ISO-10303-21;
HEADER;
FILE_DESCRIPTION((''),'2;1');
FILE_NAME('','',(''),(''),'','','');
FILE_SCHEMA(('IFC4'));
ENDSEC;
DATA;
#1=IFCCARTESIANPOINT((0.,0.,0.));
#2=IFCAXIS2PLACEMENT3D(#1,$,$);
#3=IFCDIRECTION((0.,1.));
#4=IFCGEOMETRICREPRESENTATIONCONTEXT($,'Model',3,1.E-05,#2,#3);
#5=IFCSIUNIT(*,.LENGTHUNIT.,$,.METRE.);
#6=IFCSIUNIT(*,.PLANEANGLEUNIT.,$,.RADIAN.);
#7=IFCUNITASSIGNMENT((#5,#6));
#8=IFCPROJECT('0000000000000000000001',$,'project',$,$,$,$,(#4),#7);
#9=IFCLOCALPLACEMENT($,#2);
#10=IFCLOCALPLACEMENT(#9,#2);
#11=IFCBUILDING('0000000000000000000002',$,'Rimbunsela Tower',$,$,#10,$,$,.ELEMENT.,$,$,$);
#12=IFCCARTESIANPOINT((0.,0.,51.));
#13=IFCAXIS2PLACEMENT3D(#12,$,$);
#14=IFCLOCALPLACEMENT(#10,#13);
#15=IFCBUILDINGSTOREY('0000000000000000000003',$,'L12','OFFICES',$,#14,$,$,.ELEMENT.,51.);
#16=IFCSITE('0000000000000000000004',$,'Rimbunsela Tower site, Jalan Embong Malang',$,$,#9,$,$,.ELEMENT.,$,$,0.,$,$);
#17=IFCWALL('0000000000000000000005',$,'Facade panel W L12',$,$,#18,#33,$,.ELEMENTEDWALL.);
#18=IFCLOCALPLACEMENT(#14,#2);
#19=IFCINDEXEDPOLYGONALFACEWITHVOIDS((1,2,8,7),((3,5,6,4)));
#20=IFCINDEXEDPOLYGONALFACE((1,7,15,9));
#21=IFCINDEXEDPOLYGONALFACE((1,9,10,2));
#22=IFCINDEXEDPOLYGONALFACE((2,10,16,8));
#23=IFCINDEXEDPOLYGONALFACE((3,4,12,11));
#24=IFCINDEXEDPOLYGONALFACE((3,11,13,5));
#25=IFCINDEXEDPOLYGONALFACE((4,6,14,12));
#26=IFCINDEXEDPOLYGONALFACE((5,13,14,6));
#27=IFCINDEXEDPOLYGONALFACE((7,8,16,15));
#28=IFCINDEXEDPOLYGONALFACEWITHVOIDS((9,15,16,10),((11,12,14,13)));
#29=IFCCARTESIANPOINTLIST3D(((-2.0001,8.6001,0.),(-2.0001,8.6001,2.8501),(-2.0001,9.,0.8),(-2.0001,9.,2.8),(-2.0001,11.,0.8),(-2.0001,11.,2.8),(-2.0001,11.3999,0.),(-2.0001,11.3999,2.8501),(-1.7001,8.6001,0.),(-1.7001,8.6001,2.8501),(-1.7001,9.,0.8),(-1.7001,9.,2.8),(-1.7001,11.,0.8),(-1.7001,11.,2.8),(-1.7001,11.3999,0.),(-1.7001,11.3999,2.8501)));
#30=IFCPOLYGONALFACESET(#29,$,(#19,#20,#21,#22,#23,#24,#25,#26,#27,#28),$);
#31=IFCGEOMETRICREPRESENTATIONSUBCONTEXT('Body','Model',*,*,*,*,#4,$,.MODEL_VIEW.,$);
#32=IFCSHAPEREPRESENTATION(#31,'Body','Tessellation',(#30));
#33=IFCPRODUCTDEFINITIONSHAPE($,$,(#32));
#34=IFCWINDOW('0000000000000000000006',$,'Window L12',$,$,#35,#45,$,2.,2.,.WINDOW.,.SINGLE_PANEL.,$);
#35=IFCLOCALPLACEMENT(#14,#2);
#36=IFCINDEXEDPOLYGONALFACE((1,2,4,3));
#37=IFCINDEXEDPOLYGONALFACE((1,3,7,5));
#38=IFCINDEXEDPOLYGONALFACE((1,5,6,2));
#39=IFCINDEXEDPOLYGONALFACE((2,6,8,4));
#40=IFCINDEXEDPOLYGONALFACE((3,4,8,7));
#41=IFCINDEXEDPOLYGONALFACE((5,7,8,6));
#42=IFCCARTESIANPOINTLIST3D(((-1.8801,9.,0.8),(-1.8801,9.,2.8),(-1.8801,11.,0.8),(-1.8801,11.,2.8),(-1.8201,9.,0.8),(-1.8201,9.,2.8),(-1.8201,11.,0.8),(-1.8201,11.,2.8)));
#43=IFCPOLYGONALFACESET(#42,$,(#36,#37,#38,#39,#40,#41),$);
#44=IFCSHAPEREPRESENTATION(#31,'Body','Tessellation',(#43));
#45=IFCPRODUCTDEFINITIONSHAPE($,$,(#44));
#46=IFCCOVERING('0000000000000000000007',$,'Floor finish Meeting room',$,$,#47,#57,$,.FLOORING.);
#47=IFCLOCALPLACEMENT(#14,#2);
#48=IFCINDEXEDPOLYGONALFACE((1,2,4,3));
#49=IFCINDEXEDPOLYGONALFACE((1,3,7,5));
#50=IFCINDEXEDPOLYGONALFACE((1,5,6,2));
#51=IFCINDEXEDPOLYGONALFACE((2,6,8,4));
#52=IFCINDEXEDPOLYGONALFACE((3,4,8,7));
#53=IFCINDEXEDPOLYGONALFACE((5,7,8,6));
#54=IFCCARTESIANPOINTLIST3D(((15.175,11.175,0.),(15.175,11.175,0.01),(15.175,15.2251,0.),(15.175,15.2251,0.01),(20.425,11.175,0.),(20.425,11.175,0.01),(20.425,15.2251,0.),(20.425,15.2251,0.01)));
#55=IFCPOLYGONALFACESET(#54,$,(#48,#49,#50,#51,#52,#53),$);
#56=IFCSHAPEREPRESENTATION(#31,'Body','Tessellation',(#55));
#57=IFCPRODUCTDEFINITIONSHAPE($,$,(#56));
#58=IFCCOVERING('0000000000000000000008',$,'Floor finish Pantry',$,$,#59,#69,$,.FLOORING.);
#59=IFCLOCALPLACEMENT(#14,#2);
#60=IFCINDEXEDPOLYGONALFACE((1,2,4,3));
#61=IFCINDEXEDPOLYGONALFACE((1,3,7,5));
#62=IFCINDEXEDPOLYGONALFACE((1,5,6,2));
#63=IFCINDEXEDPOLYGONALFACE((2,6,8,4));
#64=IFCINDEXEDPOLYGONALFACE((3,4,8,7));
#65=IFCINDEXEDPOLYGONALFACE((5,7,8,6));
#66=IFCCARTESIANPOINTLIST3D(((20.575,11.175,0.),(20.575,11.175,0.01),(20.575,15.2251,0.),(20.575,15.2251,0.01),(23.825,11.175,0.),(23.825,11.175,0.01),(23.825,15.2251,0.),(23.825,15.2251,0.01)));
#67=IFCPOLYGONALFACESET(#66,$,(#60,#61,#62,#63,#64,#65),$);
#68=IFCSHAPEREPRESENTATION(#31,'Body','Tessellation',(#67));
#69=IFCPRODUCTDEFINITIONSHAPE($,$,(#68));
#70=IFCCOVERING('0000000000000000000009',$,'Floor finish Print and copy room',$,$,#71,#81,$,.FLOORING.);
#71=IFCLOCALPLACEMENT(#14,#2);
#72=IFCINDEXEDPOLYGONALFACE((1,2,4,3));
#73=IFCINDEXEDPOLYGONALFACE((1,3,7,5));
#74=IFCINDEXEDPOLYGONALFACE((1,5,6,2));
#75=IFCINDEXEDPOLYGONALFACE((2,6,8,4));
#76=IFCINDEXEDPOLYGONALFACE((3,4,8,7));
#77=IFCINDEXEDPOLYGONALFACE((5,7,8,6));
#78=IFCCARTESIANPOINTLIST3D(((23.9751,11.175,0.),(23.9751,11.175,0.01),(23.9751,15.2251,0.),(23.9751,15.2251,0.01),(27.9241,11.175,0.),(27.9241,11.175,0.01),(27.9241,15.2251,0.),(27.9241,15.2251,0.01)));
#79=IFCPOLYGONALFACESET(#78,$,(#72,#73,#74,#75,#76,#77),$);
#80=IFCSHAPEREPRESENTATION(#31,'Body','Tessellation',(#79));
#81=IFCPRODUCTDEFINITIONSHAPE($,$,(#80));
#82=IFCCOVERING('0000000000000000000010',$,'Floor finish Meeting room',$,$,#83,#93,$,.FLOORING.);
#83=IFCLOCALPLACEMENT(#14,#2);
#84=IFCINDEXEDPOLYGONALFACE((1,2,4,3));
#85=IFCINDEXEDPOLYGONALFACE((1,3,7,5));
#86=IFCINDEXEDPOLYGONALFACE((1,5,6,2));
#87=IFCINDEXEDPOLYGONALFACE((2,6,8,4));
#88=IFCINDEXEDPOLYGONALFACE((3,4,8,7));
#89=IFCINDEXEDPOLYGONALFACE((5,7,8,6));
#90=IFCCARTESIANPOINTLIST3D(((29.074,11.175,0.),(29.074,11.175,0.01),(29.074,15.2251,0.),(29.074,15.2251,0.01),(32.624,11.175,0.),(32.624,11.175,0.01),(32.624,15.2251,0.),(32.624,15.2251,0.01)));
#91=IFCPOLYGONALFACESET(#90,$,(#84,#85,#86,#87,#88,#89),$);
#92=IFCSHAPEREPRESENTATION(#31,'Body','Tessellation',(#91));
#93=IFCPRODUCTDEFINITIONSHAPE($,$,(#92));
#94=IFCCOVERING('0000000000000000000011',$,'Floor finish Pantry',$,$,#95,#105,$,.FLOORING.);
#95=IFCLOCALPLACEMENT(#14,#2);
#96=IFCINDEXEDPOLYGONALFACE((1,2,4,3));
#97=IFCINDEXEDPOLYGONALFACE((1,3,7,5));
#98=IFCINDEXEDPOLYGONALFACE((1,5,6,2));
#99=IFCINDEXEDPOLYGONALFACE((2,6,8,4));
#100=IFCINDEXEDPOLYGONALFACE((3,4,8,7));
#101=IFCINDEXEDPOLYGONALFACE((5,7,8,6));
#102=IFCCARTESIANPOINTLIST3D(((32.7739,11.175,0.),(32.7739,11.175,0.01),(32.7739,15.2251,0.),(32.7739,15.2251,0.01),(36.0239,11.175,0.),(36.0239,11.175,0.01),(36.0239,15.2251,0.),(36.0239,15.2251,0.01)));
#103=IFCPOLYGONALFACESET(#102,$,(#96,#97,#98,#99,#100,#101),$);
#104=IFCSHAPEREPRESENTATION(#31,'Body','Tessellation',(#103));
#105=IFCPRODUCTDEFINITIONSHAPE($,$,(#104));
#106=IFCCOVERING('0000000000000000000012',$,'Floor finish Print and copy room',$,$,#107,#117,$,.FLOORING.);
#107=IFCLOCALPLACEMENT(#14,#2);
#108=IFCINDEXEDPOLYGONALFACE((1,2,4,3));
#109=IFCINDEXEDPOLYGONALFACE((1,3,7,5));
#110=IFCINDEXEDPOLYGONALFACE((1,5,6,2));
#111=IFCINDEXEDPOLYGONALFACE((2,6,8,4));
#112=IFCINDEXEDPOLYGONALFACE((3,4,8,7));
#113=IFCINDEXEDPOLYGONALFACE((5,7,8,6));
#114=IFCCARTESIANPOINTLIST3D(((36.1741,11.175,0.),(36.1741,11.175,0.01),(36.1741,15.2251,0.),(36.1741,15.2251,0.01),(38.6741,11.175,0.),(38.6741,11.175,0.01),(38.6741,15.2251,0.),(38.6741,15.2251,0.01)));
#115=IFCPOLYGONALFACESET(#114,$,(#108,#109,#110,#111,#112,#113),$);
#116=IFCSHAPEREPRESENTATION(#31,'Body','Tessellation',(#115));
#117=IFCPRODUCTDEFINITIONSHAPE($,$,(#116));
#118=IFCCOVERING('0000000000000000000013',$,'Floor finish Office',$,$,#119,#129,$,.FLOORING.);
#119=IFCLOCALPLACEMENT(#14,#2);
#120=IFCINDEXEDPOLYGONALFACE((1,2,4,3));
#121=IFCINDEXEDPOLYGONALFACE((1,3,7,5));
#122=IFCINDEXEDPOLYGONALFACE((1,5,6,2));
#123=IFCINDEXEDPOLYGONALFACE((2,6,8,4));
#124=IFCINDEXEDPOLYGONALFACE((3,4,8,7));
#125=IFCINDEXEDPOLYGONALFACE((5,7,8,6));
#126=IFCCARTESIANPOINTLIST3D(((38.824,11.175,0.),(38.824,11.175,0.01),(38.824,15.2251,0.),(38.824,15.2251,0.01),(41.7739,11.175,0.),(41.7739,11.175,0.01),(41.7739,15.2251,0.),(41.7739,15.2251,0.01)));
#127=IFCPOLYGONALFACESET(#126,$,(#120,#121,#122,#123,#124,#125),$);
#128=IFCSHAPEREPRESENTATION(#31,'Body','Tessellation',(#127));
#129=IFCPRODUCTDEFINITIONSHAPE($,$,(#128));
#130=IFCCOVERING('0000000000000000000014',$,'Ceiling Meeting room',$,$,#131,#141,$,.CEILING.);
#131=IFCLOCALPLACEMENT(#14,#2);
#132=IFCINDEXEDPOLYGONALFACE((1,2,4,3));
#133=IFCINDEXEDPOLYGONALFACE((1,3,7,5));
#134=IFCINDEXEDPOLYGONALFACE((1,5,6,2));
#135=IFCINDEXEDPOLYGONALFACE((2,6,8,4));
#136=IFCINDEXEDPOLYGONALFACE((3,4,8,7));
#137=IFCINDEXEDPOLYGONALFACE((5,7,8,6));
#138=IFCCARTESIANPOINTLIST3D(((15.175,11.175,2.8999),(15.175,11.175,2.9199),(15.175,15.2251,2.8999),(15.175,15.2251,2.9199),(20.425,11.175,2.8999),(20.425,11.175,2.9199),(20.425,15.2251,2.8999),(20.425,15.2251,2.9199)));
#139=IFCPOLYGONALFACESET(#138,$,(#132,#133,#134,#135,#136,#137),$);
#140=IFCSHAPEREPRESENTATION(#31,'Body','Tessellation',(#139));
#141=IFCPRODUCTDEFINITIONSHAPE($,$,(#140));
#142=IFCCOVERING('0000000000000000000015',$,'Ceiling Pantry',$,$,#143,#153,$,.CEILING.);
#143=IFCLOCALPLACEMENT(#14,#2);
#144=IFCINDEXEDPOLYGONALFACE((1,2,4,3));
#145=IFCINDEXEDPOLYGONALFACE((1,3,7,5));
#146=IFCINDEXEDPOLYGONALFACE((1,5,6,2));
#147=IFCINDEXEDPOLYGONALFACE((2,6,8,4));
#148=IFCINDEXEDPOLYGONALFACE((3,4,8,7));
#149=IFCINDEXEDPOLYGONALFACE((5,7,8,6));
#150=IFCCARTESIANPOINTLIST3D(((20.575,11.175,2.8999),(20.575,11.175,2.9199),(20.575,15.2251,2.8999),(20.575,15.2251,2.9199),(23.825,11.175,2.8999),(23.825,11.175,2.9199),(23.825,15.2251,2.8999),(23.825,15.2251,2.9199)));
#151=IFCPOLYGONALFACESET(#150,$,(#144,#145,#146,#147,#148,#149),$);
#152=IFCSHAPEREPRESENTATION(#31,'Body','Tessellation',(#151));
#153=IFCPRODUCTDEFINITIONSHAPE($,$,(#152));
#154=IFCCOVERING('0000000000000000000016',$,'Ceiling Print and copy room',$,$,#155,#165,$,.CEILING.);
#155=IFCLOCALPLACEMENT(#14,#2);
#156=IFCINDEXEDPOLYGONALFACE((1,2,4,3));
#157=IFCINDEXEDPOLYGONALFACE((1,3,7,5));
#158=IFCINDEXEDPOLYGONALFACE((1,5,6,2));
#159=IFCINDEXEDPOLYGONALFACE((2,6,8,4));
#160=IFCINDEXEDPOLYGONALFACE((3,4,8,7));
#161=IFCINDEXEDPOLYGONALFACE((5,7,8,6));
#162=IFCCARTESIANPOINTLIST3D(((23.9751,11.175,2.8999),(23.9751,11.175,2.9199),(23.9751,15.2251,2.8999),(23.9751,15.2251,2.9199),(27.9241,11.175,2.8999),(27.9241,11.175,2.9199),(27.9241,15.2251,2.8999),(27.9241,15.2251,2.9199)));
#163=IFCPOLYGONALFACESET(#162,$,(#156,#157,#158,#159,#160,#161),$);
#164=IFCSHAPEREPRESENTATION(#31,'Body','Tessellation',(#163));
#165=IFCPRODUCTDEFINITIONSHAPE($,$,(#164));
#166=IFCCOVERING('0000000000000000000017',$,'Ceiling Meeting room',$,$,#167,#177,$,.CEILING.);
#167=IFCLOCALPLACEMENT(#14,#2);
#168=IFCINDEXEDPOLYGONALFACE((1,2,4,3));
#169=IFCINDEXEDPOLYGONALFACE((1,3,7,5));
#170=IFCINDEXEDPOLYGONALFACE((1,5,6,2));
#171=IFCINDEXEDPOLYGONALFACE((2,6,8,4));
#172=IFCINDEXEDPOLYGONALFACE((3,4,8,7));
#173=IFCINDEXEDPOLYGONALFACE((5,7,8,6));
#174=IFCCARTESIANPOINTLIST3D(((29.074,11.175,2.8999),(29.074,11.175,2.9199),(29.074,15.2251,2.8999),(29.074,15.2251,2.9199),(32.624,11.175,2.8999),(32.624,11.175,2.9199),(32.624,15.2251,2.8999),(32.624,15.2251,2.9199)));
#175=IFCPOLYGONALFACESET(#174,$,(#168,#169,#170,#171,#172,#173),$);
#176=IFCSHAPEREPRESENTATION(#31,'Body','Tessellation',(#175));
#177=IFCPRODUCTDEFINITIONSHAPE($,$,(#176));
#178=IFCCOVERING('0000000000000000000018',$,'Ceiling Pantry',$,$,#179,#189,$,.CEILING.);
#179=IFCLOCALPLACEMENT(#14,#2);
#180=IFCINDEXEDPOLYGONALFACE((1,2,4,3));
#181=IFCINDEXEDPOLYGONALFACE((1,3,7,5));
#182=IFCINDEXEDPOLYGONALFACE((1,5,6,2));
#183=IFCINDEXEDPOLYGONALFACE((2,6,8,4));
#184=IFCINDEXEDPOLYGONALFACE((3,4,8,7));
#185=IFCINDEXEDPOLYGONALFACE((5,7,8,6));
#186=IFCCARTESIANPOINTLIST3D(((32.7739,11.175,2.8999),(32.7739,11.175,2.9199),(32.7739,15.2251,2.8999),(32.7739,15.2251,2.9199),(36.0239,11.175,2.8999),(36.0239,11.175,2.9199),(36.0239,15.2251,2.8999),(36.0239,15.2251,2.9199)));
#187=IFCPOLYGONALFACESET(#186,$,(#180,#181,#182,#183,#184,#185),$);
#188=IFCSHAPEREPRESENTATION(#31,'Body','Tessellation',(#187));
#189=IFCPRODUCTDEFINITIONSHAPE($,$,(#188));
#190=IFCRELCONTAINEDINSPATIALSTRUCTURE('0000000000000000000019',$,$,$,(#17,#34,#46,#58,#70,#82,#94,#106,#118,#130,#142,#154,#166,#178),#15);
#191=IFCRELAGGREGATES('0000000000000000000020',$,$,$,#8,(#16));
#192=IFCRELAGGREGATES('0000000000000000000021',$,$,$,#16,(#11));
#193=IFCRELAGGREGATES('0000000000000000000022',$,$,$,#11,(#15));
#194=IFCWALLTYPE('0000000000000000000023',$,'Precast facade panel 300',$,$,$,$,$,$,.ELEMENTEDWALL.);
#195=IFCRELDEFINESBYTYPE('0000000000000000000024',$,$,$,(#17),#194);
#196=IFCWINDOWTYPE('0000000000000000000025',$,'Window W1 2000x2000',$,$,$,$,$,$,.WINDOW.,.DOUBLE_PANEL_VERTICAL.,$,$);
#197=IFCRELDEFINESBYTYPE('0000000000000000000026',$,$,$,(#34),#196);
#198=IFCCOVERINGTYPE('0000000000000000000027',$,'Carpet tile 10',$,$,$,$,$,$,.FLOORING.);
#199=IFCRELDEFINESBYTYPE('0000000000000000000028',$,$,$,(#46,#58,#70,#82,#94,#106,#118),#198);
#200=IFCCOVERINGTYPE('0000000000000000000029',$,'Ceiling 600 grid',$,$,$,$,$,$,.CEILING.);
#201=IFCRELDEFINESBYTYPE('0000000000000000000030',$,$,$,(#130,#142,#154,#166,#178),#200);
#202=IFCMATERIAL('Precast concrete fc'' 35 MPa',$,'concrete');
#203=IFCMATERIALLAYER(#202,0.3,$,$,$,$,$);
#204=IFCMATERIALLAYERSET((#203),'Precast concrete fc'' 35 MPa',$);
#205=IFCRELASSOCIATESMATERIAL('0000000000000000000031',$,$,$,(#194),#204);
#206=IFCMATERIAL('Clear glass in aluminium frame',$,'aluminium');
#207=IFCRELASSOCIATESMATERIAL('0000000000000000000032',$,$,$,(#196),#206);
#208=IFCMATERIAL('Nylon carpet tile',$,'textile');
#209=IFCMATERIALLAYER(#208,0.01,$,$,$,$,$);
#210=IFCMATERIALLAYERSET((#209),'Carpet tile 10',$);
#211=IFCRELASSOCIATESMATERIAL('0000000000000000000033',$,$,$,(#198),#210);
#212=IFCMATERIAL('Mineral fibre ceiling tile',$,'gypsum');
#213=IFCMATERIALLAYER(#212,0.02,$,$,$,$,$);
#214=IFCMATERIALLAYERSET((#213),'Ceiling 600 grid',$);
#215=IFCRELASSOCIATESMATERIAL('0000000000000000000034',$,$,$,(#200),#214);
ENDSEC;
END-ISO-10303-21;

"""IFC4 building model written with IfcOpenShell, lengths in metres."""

from ifc_helpers import new_model, si_unit, direction, frame, frame_2d, origin, place, context, subcontext, project, spatial, polyline, rectangle, outline, extrude, material, layer, layer_set, type_object, element, fill, save


model = new_model("IFC4")

# Units and contexts
model_context = context("Model", 3, precision=1e-05, world=origin(), true_north=direction((0.0, 1.0)))
body_context = subcontext(model_context, "Body", "Model", "MODEL_VIEW")
ifc_project = project(units=[si_unit("LENGTHUNIT", "METRE"), si_unit("PLANEANGLEUNIT", "RADIAN")], contexts=[model_context])

# Site, building, storey
site_placement = place(None, origin())
site = spatial("IfcSite", under=ifc_project, at=site_placement, Name="Rimbunsela Tower site, Jalan Embong Malang", CompositionType="ELEMENT", RefElevation=0.0)
building_placement = place(site_placement, origin())
building = spatial("IfcBuilding", under=site, at=building_placement, Name="Rimbunsela Tower", CompositionType="ELEMENT")
storey_placement = place(building_placement, frame((0.0, 0.0, 51.0)))
storey = spatial("IfcBuildingStorey", under=building, at=storey_placement, Name="L12", Description="OFFICES", CompositionType="ELEMENT", Elevation=51.0)

# Shared definitions
ifc_material_1 = material(Name="Precast concrete fc' 35 MPa", Category="concrete")
ifc_layer_1 = layer(ifc_material_1, 0.3)
ifc_layer_set_1 = layer_set([ifc_layer_1], Name="Precast concrete fc' 35 MPa")
wall_type = type_object("IfcWallType", Name="Precast facade panel 300", PredefinedType="ELEMENTEDWALL", material=ifc_layer_set_1)

# Wall, opening, window
ifc_material_2 = material(Name="Clear glass in aluminium frame", Category="aluminium")
window_type = type_object("IfcWindowType", Name="Window W1 2000x2000", PartitioningType="DOUBLE_PANEL_VERTICAL", PredefinedType="WINDOW", material=ifc_material_2)
wall_1_placement = place(storey_placement, frame((-1.8501, 11.3999, 0.0), z_axis=(0.0, 0.0, 1.0), x_axis=(0.0, -1.0, 0.0)))
wall_1 = element("IfcWall", 1, at=wall_1_placement, inside=storey, type_object=wall_type, Name="Facade panel W L12", PredefinedType="ELEMENTEDWALL", context=body_context, shape_type="SweptSolid", body=[
    extrude(rectangle(XDim=2.7998, YDim=0.3, at=frame_2d((1.3999, 0.0))), origin(), (0.0, 0.0, 1.0), 2.8501),
])
opening_1_placement = place(wall_1_placement, frame((0.3999, 0.0, 0.8)))
opening_1 = element("IfcOpeningElement", 2, at=opening_1_placement, cuts=wall_1, PredefinedType="OPENING", context=body_context, shape_type="SweptSolid", body=[
    extrude(rectangle(XDim=2.0, YDim=2.0, at=frame_2d((1.0, 1.0))), frame((0.0, 0.1599, 0.0), z_axis=(0.0, -1.0, 0.0), x_axis=(1.0, 0.0, 0.0)), (0.0, 0.0, 1.0), 0.3201),
])
window_1_placement = place(opening_1_placement, origin())
window_1 = element("IfcWindow", 3, at=window_1_placement, inside=storey, type_object=window_type, Name="Window L12", OverallHeight=2.0, OverallWidth=2.0, PartitioningType="SINGLE_PANEL", PredefinedType="WINDOW", context=body_context, shape_type="SweptSolid", body=[
    extrude(rectangle(XDim=2.0, YDim=2.0, at=frame_2d((1.0, 1.0))), frame((0.0, 0.03, 0.0), z_axis=(0.0, -1.0, 0.0), x_axis=(1.0, 0.0, 0.0)), (0.0, 0.0, 1.0), 0.0601),
])
fill(opening_1, window_1)

# Coverings
ifc_material_3 = material(Name="Nylon carpet tile", Category="textile")
ifc_layer_2 = layer(ifc_material_3, 0.01)
ifc_layer_set_2 = layer_set([ifc_layer_2], Name="Carpet tile 10")
covering_type_1 = type_object("IfcCoveringType", Name="Carpet tile 10", PredefinedType="FLOORING", material=ifc_layer_set_2)
covering_1_placement = place(storey_placement, origin())
element("IfcCovering", 4, at=covering_1_placement, inside=storey, type_object=covering_type_1, Name="Floor finish Meeting room", PredefinedType="FLOORING", context=body_context, shape_type="SweptSolid", body=[
    extrude(outline(polyline([(20.425, 11.175), (20.425, 15.2251), (15.175, 15.2251), (15.175, 11.175), (20.425, 11.175)])), origin(), (0.0, 0.0, 1.0), 0.01),
])
covering_2_placement = place(storey_placement, origin())
element("IfcCovering", 5, at=covering_2_placement, inside=storey, type_object=covering_type_1, Name="Floor finish Pantry", PredefinedType="FLOORING", context=body_context, shape_type="SweptSolid", body=[
    extrude(outline(polyline([(23.825, 11.175), (23.825, 15.2251), (20.575, 15.2251), (20.575, 11.175), (23.825, 11.175)])), origin(), (0.0, 0.0, 1.0), 0.01),
])
covering_3_placement = place(storey_placement, origin())
element("IfcCovering", 6, at=covering_3_placement, inside=storey, type_object=covering_type_1, Name="Floor finish Print and copy room", PredefinedType="FLOORING", context=body_context, shape_type="SweptSolid", body=[
    extrude(outline(polyline([(27.9241, 11.175), (27.9241, 15.2251), (23.9751, 15.2251), (23.9751, 11.175), (27.9241, 11.175)])), origin(), (0.0, 0.0, 1.0), 0.01),
])
covering_4_placement = place(storey_placement, origin())
element("IfcCovering", 7, at=covering_4_placement, inside=storey, type_object=covering_type_1, Name="Floor finish Meeting room", PredefinedType="FLOORING", context=body_context, shape_type="SweptSolid", body=[
    extrude(outline(polyline([(32.624, 11.175), (32.624, 15.2251), (29.074, 15.2251), (29.074, 11.175), (32.624, 11.175)])), origin(), (0.0, 0.0, 1.0), 0.01),
])
covering_5_placement = place(storey_placement, origin())
element("IfcCovering", 8, at=covering_5_placement, inside=storey, type_object=covering_type_1, Name="Floor finish Pantry", PredefinedType="FLOORING", context=body_context, shape_type="SweptSolid", body=[
    extrude(outline(polyline([(36.0239, 11.175), (36.0239, 15.2251), (32.7739, 15.2251), (32.7739, 11.175), (36.0239, 11.175)])), origin(), (0.0, 0.0, 1.0), 0.01),
])
covering_6_placement = place(storey_placement, origin())
element("IfcCovering", 9, at=covering_6_placement, inside=storey, type_object=covering_type_1, Name="Floor finish Print and copy room", PredefinedType="FLOORING", context=body_context, shape_type="SweptSolid", body=[
    extrude(outline(polyline([(38.6741, 11.175), (38.6741, 15.2251), (36.1741, 15.2251), (36.1741, 11.175), (38.6741, 11.175)])), origin(), (0.0, 0.0, 1.0), 0.01),
])
covering_7_placement = place(storey_placement, origin())
element("IfcCovering", 10, at=covering_7_placement, inside=storey, type_object=covering_type_1, Name="Floor finish Office", PredefinedType="FLOORING", context=body_context, shape_type="SweptSolid", body=[
    extrude(outline(polyline([(41.7739, 11.175), (41.7739, 15.2251), (38.824, 15.2251), (38.824, 11.175), (41.7739, 11.175)])), origin(), (0.0, 0.0, 1.0), 0.01),
])
ifc_material_4 = material(Name="Mineral fibre ceiling tile", Category="gypsum")
ifc_layer_3 = layer(ifc_material_4, 0.02)
ifc_layer_set_3 = layer_set([ifc_layer_3], Name="Ceiling 600 grid")
covering_type_2 = type_object("IfcCoveringType", Name="Ceiling 600 grid", PredefinedType="CEILING", material=ifc_layer_set_3)
covering_8_placement = place(storey_placement, frame((0.0, 0.0, 2.8999)))
element("IfcCovering", 11, at=covering_8_placement, inside=storey, type_object=covering_type_2, Name="Ceiling Meeting room", PredefinedType="CEILING", context=body_context, shape_type="SweptSolid", body=[
    extrude(outline(polyline([(20.425, 11.175), (20.425, 15.2251), (15.175, 15.2251), (15.175, 11.175), (20.425, 11.175)])), origin(), (0.0, 0.0, 1.0), 0.02),
])
covering_9_placement = place(storey_placement, frame((0.0, 0.0, 2.8999)))
element("IfcCovering", 12, at=covering_9_placement, inside=storey, type_object=covering_type_2, Name="Ceiling Pantry", PredefinedType="CEILING", context=body_context, shape_type="SweptSolid", body=[
    extrude(outline(polyline([(23.825, 11.175), (23.825, 15.2251), (20.575, 15.2251), (20.575, 11.175), (23.825, 11.175)])), origin(), (0.0, 0.0, 1.0), 0.02),
])
covering_10_placement = place(storey_placement, frame((0.0, 0.0, 2.8999)))
element("IfcCovering", 13, at=covering_10_placement, inside=storey, type_object=covering_type_2, Name="Ceiling Print and copy room", PredefinedType="CEILING", context=body_context, shape_type="SweptSolid", body=[
    extrude(outline(polyline([(27.9241, 11.175), (27.9241, 15.2251), (23.9751, 15.2251), (23.9751, 11.175), (27.9241, 11.175)])), origin(), (0.0, 0.0, 1.0), 0.02),
])
covering_11_placement = place(storey_placement, frame((0.0, 0.0, 2.8999)))
element("IfcCovering", 14, at=covering_11_placement, inside=storey, type_object=covering_type_2, Name="Ceiling Meeting room", PredefinedType="CEILING", context=body_context, shape_type="SweptSolid", body=[
    extrude(outline(polyline([(32.624, 11.175), (32.624, 15.2251), (29.074, 15.2251), (29.074, 11.175), (32.624, 11.175)])), origin(), (0.0, 0.0, 1.0), 0.02),
])
covering_12_placement = place(storey_placement, frame((0.0, 0.0, 2.8999)))
element("IfcCovering", 15, at=covering_12_placement, inside=storey, type_object=covering_type_2, Name="Ceiling Pantry", PredefinedType="CEILING", context=body_context, shape_type="SweptSolid", body=[
    extrude(outline(polyline([(36.0239, 11.175), (36.0239, 15.2251), (32.7739, 15.2251), (32.7739, 11.175), (36.0239, 11.175)])), origin(), (0.0, 0.0, 1.0), 0.02),
])

save(model, "model.ifc")
